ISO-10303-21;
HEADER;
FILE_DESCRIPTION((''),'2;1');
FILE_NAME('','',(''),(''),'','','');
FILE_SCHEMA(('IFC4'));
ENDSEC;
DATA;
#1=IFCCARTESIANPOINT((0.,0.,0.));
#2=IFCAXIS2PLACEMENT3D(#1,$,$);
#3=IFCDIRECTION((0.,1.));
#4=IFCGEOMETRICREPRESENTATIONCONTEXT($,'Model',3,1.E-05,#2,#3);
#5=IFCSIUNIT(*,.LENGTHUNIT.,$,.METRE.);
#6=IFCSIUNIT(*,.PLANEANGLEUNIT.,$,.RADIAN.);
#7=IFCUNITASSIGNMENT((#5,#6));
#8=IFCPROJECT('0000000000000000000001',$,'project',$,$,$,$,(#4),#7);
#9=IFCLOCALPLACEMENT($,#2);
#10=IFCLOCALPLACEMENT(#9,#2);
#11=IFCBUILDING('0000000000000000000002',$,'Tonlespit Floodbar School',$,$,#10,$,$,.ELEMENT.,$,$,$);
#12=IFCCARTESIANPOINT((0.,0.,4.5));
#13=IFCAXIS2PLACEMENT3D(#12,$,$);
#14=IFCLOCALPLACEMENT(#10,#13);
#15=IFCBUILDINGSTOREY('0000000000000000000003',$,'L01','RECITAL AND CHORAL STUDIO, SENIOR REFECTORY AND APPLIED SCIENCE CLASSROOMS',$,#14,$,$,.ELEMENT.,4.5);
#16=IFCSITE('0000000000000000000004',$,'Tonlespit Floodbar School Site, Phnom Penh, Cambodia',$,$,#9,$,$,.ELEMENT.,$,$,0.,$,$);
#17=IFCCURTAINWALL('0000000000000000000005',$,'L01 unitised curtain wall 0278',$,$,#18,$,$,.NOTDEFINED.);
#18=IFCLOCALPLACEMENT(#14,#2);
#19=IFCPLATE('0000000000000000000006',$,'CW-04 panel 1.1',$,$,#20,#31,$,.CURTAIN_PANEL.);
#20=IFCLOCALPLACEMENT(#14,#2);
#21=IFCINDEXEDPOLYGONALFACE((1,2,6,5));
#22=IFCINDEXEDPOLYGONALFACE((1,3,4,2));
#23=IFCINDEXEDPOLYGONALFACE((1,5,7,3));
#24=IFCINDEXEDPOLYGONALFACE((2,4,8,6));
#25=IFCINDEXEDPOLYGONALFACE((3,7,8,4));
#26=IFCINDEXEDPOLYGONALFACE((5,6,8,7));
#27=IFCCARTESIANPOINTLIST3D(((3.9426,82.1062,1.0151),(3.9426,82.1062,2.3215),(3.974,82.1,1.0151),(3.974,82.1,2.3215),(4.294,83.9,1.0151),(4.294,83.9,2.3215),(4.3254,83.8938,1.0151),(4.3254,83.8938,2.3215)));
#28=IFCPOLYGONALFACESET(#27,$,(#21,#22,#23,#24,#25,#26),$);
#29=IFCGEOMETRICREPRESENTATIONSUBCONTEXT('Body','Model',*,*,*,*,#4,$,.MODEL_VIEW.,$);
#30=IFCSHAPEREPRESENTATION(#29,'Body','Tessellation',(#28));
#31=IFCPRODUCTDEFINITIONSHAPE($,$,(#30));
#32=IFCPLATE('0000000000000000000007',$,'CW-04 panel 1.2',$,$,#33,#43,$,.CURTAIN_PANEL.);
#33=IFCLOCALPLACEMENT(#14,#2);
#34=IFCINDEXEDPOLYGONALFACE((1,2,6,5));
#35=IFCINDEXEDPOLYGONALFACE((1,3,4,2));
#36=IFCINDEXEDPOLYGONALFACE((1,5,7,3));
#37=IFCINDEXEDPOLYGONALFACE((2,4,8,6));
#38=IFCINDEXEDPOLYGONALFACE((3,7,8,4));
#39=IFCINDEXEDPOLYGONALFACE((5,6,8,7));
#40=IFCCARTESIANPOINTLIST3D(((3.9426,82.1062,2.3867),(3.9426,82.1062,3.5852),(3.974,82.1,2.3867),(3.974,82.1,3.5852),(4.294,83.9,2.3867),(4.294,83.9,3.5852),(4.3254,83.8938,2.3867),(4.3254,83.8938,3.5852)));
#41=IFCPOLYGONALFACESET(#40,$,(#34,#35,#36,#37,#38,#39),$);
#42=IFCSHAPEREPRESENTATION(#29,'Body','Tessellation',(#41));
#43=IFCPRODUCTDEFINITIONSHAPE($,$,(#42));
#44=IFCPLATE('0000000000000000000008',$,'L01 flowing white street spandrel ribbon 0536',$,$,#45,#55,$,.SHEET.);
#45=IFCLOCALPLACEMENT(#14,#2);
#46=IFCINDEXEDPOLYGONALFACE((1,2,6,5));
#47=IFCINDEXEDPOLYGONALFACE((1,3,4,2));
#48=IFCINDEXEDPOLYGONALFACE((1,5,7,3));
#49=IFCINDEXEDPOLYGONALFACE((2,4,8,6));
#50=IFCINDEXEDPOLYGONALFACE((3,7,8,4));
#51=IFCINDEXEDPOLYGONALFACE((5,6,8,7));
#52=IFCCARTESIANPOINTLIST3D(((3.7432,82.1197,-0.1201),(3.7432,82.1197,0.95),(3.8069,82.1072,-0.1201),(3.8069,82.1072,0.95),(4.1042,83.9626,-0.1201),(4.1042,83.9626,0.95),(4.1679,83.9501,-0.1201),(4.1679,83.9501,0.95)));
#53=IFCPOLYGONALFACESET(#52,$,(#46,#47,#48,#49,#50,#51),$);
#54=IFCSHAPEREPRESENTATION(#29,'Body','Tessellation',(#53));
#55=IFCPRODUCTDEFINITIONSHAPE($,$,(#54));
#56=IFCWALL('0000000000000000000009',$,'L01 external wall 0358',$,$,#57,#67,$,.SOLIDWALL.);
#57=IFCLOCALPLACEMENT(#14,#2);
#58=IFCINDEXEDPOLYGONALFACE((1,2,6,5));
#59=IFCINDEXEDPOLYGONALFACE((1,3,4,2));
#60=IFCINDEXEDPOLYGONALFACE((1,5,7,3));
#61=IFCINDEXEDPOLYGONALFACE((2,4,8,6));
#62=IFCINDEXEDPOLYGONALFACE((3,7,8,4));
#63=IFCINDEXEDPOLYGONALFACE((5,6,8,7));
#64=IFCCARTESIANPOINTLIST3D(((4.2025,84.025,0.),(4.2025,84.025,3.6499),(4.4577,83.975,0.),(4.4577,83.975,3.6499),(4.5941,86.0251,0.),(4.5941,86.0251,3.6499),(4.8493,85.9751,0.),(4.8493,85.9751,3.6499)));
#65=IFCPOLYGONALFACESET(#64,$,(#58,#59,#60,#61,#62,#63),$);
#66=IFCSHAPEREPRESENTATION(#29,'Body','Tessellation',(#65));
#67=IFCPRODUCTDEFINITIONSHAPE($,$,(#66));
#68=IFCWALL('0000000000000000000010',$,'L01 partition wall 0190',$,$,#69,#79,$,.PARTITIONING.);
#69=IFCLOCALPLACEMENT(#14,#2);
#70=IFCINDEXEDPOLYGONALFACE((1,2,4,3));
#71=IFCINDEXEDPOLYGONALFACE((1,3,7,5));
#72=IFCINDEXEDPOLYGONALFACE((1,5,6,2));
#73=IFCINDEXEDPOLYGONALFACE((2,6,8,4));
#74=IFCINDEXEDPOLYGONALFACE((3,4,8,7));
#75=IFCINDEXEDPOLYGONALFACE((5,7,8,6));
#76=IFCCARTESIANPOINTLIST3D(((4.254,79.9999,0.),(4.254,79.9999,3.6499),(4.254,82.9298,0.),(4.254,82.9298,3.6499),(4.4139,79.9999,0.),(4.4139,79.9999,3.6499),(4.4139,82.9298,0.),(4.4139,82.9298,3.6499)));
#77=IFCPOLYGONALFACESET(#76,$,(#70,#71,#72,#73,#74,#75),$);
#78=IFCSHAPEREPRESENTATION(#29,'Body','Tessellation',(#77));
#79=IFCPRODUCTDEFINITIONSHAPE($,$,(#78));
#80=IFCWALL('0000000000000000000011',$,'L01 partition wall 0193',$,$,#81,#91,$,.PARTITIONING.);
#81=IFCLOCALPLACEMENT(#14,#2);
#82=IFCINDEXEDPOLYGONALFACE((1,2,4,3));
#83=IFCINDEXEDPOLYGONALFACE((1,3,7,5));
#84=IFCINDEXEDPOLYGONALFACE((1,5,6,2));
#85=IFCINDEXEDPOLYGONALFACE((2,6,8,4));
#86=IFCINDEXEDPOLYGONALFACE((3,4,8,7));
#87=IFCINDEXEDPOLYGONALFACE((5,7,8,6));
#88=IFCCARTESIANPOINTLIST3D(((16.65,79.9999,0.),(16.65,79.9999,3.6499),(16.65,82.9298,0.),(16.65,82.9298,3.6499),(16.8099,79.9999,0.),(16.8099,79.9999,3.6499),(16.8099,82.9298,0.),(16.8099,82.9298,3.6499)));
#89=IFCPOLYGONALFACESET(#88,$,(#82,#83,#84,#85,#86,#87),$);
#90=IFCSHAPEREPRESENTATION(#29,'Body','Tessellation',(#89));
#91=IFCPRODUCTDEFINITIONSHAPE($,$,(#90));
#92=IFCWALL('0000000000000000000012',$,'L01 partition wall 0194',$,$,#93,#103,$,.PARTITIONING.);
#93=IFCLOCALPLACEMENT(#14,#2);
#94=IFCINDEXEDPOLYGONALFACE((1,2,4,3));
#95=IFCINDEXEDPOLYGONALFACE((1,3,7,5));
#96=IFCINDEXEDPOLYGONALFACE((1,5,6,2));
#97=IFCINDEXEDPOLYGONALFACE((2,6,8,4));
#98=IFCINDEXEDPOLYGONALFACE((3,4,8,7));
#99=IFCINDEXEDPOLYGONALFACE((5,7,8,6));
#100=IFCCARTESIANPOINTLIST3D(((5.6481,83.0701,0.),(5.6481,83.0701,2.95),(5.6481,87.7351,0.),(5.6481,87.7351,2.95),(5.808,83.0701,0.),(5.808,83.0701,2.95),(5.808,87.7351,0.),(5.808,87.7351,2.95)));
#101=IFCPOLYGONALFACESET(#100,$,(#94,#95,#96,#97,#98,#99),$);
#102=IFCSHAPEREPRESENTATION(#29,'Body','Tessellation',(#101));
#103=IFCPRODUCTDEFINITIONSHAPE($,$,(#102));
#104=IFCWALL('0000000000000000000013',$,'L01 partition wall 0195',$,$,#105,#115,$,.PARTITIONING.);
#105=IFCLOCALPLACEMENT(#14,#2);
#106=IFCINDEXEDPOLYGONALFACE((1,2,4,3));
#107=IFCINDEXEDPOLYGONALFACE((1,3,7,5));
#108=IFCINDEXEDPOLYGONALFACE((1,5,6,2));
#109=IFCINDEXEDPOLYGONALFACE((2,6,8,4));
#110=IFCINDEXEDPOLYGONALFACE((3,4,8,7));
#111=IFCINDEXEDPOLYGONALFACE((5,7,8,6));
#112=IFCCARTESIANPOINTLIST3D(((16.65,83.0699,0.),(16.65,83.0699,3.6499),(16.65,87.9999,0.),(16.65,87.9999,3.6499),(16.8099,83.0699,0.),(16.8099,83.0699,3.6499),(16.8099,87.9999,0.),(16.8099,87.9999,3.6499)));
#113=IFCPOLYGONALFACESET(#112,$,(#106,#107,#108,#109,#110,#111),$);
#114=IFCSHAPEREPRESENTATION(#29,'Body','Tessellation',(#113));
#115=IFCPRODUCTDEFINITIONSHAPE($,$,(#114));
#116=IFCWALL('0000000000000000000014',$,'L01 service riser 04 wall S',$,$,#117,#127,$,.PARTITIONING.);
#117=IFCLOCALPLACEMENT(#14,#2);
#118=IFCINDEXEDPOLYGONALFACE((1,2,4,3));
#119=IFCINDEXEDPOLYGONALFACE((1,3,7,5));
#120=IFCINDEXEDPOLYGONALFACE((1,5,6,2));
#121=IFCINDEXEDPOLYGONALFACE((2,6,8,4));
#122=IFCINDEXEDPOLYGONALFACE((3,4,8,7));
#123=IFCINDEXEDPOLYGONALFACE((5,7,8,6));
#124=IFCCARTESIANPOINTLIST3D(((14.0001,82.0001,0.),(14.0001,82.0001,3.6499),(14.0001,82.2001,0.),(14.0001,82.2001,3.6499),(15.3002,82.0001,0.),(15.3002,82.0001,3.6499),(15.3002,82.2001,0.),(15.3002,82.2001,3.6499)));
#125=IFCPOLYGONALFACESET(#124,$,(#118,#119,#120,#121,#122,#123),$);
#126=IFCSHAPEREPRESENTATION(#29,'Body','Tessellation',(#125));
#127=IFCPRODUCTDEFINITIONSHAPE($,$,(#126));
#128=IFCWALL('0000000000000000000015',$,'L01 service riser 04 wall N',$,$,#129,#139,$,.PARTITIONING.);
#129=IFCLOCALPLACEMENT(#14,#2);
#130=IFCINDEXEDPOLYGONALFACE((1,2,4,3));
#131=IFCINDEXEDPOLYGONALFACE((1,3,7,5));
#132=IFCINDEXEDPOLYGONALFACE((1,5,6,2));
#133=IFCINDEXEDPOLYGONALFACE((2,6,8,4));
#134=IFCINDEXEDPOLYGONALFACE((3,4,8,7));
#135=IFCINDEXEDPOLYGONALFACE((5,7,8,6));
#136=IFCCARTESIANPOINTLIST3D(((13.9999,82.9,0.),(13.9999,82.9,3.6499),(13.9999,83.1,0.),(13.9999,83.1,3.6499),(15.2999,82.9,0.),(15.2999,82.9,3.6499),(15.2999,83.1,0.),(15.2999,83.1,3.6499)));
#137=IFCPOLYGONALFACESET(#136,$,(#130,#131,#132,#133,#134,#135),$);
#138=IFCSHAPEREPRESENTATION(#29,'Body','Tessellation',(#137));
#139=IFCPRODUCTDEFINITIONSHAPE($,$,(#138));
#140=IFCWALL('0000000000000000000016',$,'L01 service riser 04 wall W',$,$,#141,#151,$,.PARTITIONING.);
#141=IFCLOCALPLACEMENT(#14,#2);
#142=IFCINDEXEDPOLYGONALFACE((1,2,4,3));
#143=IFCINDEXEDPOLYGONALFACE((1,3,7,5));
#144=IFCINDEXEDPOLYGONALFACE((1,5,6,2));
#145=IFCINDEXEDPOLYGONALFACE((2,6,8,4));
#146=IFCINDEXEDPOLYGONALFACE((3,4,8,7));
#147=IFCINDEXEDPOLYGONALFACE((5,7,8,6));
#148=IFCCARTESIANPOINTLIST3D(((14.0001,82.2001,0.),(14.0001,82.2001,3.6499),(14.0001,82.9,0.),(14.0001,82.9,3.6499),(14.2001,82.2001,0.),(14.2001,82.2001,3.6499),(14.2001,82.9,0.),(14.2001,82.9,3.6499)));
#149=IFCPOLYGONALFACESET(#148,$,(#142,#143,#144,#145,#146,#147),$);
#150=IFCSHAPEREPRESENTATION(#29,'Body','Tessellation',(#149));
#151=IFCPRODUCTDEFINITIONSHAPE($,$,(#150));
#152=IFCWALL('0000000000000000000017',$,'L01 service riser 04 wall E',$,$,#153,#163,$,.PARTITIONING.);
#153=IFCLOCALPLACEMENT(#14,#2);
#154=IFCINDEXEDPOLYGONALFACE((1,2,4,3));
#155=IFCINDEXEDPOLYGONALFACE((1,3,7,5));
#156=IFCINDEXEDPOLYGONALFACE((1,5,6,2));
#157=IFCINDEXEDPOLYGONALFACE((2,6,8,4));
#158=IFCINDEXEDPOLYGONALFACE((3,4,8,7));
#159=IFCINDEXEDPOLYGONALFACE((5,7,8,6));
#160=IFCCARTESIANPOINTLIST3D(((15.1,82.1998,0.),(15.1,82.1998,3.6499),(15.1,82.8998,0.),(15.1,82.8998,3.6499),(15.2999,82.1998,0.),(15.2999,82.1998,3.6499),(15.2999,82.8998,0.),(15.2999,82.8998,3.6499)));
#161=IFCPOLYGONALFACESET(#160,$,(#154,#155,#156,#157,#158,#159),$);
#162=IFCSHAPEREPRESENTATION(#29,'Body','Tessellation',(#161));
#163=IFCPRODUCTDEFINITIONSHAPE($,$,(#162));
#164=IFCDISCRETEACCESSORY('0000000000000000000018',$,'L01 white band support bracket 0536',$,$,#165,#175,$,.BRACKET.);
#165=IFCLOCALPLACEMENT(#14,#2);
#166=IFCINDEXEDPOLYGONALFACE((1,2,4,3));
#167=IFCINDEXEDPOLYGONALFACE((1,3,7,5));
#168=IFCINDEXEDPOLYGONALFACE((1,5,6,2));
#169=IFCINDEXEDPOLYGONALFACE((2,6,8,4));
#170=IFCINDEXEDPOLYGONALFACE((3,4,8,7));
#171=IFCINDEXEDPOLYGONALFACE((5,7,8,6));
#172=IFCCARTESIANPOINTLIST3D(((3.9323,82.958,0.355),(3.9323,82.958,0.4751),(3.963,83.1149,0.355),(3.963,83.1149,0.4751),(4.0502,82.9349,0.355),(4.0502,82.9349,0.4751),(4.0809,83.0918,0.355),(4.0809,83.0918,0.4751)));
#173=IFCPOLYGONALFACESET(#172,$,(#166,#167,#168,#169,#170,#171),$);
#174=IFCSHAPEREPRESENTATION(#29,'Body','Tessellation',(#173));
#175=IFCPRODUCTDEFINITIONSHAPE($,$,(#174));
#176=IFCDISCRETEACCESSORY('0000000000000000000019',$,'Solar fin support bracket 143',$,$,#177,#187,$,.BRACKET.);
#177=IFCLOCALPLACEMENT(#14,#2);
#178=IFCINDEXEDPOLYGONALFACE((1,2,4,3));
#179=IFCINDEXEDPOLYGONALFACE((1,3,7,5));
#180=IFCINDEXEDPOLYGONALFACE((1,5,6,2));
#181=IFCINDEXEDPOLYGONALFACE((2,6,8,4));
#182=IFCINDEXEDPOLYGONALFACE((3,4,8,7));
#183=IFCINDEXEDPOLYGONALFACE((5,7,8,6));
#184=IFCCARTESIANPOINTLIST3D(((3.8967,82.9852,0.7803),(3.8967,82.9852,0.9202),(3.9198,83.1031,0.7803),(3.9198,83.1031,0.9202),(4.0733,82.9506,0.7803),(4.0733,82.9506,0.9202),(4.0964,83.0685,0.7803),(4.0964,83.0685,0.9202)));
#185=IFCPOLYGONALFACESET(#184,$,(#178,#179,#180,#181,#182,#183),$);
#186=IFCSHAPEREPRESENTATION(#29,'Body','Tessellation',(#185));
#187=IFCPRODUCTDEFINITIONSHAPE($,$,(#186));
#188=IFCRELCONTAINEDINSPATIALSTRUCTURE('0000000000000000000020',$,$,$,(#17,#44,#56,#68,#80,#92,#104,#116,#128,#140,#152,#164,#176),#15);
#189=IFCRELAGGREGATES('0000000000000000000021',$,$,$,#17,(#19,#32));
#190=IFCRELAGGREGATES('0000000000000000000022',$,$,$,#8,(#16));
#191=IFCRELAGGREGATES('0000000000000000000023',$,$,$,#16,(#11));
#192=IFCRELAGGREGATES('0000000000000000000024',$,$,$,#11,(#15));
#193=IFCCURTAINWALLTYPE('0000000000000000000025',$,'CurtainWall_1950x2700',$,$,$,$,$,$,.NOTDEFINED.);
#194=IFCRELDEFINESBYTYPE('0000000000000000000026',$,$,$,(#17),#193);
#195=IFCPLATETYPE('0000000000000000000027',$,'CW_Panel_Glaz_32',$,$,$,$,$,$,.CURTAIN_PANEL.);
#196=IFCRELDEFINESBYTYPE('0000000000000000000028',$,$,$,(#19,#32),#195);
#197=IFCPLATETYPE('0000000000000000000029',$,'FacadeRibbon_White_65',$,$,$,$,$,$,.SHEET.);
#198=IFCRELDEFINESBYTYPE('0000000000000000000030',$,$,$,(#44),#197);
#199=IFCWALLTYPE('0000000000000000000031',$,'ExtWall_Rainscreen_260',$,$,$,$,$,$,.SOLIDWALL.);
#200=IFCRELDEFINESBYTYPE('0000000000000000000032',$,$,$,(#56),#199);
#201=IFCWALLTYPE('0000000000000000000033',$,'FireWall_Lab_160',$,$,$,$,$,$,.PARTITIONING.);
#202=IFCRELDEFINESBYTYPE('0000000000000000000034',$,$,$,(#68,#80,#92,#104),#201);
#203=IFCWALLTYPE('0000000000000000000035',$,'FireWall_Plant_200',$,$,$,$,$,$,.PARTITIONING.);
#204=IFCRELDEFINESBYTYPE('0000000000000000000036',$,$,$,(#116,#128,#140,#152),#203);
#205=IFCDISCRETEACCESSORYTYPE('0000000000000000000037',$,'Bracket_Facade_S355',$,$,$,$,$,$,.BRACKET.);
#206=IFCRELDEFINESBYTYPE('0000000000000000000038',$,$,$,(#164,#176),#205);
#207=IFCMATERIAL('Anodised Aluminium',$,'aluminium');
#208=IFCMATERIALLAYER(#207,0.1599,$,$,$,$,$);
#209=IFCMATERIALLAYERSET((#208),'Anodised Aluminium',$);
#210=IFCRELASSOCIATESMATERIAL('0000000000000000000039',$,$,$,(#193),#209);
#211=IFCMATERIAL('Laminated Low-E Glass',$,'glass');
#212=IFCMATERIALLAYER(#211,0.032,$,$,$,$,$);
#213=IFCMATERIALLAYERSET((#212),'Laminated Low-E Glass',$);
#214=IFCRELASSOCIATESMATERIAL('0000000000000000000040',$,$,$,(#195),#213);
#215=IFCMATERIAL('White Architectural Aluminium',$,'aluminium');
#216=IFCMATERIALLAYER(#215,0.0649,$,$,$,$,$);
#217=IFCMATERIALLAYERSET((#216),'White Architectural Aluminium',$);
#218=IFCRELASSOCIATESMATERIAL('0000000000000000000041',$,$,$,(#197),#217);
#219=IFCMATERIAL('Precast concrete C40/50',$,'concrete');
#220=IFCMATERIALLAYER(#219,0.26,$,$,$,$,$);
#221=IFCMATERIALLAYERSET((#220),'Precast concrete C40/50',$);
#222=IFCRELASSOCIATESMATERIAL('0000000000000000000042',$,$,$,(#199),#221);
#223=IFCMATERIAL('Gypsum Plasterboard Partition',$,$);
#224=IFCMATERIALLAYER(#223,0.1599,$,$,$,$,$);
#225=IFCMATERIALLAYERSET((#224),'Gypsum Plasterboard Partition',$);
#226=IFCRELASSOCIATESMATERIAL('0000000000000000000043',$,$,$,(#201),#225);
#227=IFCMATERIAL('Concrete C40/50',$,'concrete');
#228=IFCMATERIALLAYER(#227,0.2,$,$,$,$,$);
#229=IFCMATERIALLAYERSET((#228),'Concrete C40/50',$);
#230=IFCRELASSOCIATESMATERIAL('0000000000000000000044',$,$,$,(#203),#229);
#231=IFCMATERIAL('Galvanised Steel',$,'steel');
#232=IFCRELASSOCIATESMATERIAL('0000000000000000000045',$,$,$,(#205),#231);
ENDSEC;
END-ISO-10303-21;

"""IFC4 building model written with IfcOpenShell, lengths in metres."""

from ifc_helpers import new_model, si_unit, direction, frame, frame_2d, origin, origin_2d, place, context, subcontext, project, spatial, rectangle, extrude, material, layer, layer_set, type_object, element, aggregate, save


model = new_model("IFC4")

# Units and contexts
model_context = context("Model", 3, precision=1e-05, world=origin(), true_north=direction((0.0, 1.0)))
body_context = subcontext(model_context, "Body", "Model", "MODEL_VIEW")
ifc_project = project(units=[si_unit("LENGTHUNIT", "METRE"), si_unit("PLANEANGLEUNIT", "RADIAN")], contexts=[model_context])

# Site, building, storey
site_placement = place(None, origin())
site = spatial("IfcSite", under=ifc_project, at=site_placement, Name="Tonlespit Floodbar School Site, Phnom Penh, Cambodia", CompositionType="ELEMENT", RefElevation=0.0)
building_placement = place(site_placement, origin())
building = spatial("IfcBuilding", under=site, at=building_placement, Name="Tonlespit Floodbar School", CompositionType="ELEMENT")
storey_placement = place(building_placement, frame((0.0, 0.0, 4.5)))
storey = spatial("IfcBuildingStorey", under=building, at=storey_placement, Name="L01", Description="RECITAL AND CHORAL STUDIO, SENIOR REFECTORY AND APPLIED SCIENCE CLASSROOMS", CompositionType="ELEMENT", Elevation=4.5)

# Shared definitions
ifc_material_1 = material(Name="Concrete C40/50", Category="concrete")

# Curtain wall
ifc_material_2 = material(Name="Anodised Aluminium", Category="aluminium")
ifc_layer_1 = layer(ifc_material_2, 0.1599)
ifc_layer_set_1 = layer_set([ifc_layer_1], Name="Anodised Aluminium")
curtain_wall_type = type_object("IfcCurtainWallType", Name="CurtainWall_1950x2700", PredefinedType="NOTDEFINED", material=ifc_layer_set_1)
curtain_wall_placement = place(storey_placement, origin())
curtain_wall = element("IfcCurtainWall", 1, at=curtain_wall_placement, inside=storey, type_object=curtain_wall_type, Name="L01 unitised curtain wall 0278", PredefinedType="NOTDEFINED")

# Plates
ifc_material_3 = material(Name="Laminated Low-E Glass", Category="glass")
ifc_layer_2 = layer(ifc_material_3, 0.032)
ifc_layer_set_2 = layer_set([ifc_layer_2], Name="Laminated Low-E Glass")
plate_type_1 = type_object("IfcPlateType", Name="CW_Panel_Glaz_32", PredefinedType="CURTAIN_PANEL", material=ifc_layer_set_2)
plate_1_placement = place(storey_placement, frame((4.134, 83.0, 1.0151), z_axis=(0.0, 0.0, 1.0), x_axis=(0.192245, 0.981347, 0.0)))
plate_1 = element("IfcPlate", 2, at=plate_1_placement, type_object=plate_type_1, Name="CW-04 panel 1.1", PredefinedType="CURTAIN_PANEL", context=body_context, shape_type="SweptSolid", body=[
    extrude(rectangle(XDim=1.8279, YDim=0.032, at=origin_2d()), origin(), (0.0, 0.0, 1.0), 1.3064),
])
plate_2_placement = place(storey_placement, frame((4.134, 83.0, 2.3867), z_axis=(0.0, 0.0, 1.0), x_axis=(0.192245, 0.981347, 0.0)))
plate_2 = element("IfcPlate", 3, at=plate_2_placement, type_object=plate_type_1, Name="CW-04 panel 1.2", PredefinedType="CURTAIN_PANEL", context=body_context, shape_type="SweptSolid", body=[
    extrude(rectangle(XDim=1.8279, YDim=0.032, at=origin_2d()), origin(), (0.0, 0.0, 1.0), 1.1985),
])
aggregate(curtain_wall, [plate_1, plate_2])
ifc_material_4 = material(Name="White Architectural Aluminium", Category="aluminium")
ifc_layer_3 = layer(ifc_material_4, 0.0649)
ifc_layer_set_3 = layer_set([ifc_layer_3], Name="White Architectural Aluminium")
plate_type_2 = type_object("IfcPlateType", Name="FacadeRibbon_White_65", PredefinedType="SHEET", material=ifc_layer_set_3)
plate_3_placement = place(storey_placement, frame((3.9556, 83.0349, -0.1201), z_axis=(0.0, 0.0, 1.0), x_axis=(0.192246, 0.981347, 0.0)))
element("IfcPlate", 4, at=plate_3_placement, inside=storey, type_object=plate_type_2, Name="L01 flowing white street spandrel ribbon 0536", PredefinedType="SHEET", context=body_context, shape_type="SweptSolid", body=[
    extrude(rectangle(XDim=1.8779, YDim=0.0649, at=origin_2d()), origin(), (0.0, 0.0, 1.0), 1.0701),
])

# Walls
ifc_material_5 = material(Name="Precast concrete C40/50", Category="concrete")
ifc_layer_4 = layer(ifc_material_5, 0.26)
ifc_layer_set_4 = layer_set([ifc_layer_4], Name="Precast concrete C40/50")
wall_type_1 = type_object("IfcWallType", Name="ExtWall_Rainscreen_260", PredefinedType="SOLIDWALL", material=ifc_layer_set_4)
wall_1_placement = place(storey_placement, frame((4.3301, 84.0, 0.0), z_axis=(0.0, 0.0, 1.0), x_axis=(0.192152, 0.981365, 0.0)))
element("IfcWall", 5, at=wall_1_placement, inside=storey, type_object=wall_type_1, Name="L01 external wall 0358", PredefinedType="SOLIDWALL", context=body_context, shape_type="SweptSolid", body=[
    extrude(rectangle(XDim=2.0381, YDim=0.26, at=frame_2d((1.019, 0.0))), origin(), (0.0, 0.0, 1.0), 3.6499),
])
ifc_material_6 = material(Name="Gypsum Plasterboard Partition")
ifc_layer_5 = layer(ifc_material_6, 0.1599)
ifc_layer_set_5 = layer_set([ifc_layer_5], Name="Gypsum Plasterboard Partition")
wall_type_2 = type_object("IfcWallType", Name="FireWall_Lab_160", PredefinedType="PARTITIONING", material=ifc_layer_set_5)
for number, where, z_axis, x_axis, name in (
    (6, (4.334, 80.0, 0.0), (0.0, 0.0, 1.0), (0.0, 1.0, 0.0), "L01 partition wall 0190"),
    (7, (16.73, 80.0, 0.0), (0.0, 0.0, 1.0), (0.0, 1.0, 0.0), "L01 partition wall 0193"),
):
    element("IfcWall", number, at=place(storey_placement, frame(where, z_axis=z_axis, x_axis=x_axis)), inside=storey, type_object=wall_type_2, Name=name, PredefinedType="PARTITIONING", context=body_context, shape_type="SweptSolid", body=[
        extrude(rectangle(XDim=2.9299, YDim=0.1599, at=frame_2d((1.4648, 0.0))), origin(), (0.0, 0.0, 1.0), 3.6499),
    ])
wall_2_placement = place(storey_placement, frame((5.728, 83.0701, 0.0), z_axis=(0.0, 0.0, 1.0), x_axis=(0.0, 1.0, 0.0)))
element("IfcWall", 8, at=wall_2_placement, inside=storey, type_object=wall_type_2, Name="L01 partition wall 0194", PredefinedType="PARTITIONING", context=body_context, shape_type="SweptSolid", body=[
    extrude(rectangle(XDim=4.665, YDim=0.1599, at=frame_2d((2.3325, 0.0))), origin(), (0.0, 0.0, 1.0), 2.95),
])
wall_3_placement = place(storey_placement, frame((16.73, 83.0701, 0.0), z_axis=(0.0, 0.0, 1.0), x_axis=(0.0, 1.0, 0.0)))
element("IfcWall", 9, at=wall_3_placement, inside=storey, type_object=wall_type_2, Name="L01 partition wall 0195", PredefinedType="PARTITIONING", context=body_context, shape_type="SweptSolid", body=[
    extrude(rectangle(XDim=4.9299, YDim=0.1599, at=frame_2d((2.4648, 0.0))), origin(), (0.0, 0.0, 1.0), 3.6499),
])
ifc_layer_6 = layer(ifc_material_1, 0.2)
ifc_layer_set_6 = layer_set([ifc_layer_6], Name="Concrete C40/50")
wall_type_3 = type_object("IfcWallType", Name="FireWall_Plant_200", PredefinedType="PARTITIONING", material=ifc_layer_set_6)
for number, where, z_axis, x_axis, name in (
    (10, (15.3, 82.1001, 0.0), (0.0, 0.0, 1.0), (-1.0, 0.0, 0.0), "L01 service riser 04 wall S"),
    (11, (14.0, 83.0, 0.0), (0.0, 0.0, 1.0), (1.0, 0.0, 0.0), "L01 service riser 04 wall N"),
):
    element("IfcWall", number, at=place(storey_placement, frame(where, z_axis=z_axis, x_axis=x_axis)), inside=storey, type_object=wall_type_3, Name=name, PredefinedType="PARTITIONING", context=body_context, shape_type="SweptSolid", body=[
        extrude(rectangle(XDim=1.3, YDim=0.2, at=frame_2d((0.6499, 0.0))), origin(), (0.0, 0.0, 1.0), 3.6499),
    ])
for number, where, z_axis, x_axis, name in (
    (12, (14.1001, 82.2, 0.0), (0.0, 0.0, 1.0), (0.0, 1.0, 0.0), "L01 service riser 04 wall W"),
    (13, (15.2, 82.8999, 0.0), (0.0, 0.0, 1.0), (0.0, -1.0, 0.0), "L01 service riser 04 wall E"),
):
    element("IfcWall", number, at=place(storey_placement, frame(where, z_axis=z_axis, x_axis=x_axis)), inside=storey, type_object=wall_type_3, Name=name, PredefinedType="PARTITIONING", context=body_context, shape_type="SweptSolid", body=[
        extrude(rectangle(XDim=0.7, YDim=0.2, at=frame_2d((0.3501, 0.0))), origin(), (0.0, 0.0, 1.0), 3.6499),
    ])

# Discrete accessories
ifc_material_7 = material(Name="Galvanised Steel", Category="steel")
discrete_accessory_type = type_object("IfcDiscreteAccessoryType", Name="Bracket_Facade_S355", PredefinedType="BRACKET", material=ifc_material_7)
discrete_accessory_1_placement = place(storey_placement, frame((4.0066, 83.0249, 0.355), z_axis=(0.0, 0.0, 1.0), x_axis=(0.192246, 0.981347, 0.0)))
element("IfcDiscreteAccessory", 14, at=discrete_accessory_1_placement, inside=storey, type_object=discrete_accessory_type, Name="L01 white band support bracket 0536", PredefinedType="BRACKET", context=body_context, shape_type="SweptSolid", body=[
    extrude(rectangle(XDim=0.1599, YDim=0.1201, at=origin_2d()), origin(), (0.0, 0.0, 1.0), 0.1201),
])
discrete_accessory_2_placement = place(storey_placement, frame((3.9966, 83.0269, 0.7803), z_axis=(0.0, 0.0, 1.0), x_axis=(0.192246, 0.981347, 0.0)))
element("IfcDiscreteAccessory", 15, at=discrete_accessory_2_placement, inside=storey, type_object=discrete_accessory_type, Name="Solar fin support bracket 143", PredefinedType="BRACKET", context=body_context, shape_type="SweptSolid", body=[
    extrude(rectangle(XDim=0.1201, YDim=0.1799, at=origin_2d()), origin(), (0.0, 0.0, 1.0), 0.1399),
])

save(model, "model.ifc")
